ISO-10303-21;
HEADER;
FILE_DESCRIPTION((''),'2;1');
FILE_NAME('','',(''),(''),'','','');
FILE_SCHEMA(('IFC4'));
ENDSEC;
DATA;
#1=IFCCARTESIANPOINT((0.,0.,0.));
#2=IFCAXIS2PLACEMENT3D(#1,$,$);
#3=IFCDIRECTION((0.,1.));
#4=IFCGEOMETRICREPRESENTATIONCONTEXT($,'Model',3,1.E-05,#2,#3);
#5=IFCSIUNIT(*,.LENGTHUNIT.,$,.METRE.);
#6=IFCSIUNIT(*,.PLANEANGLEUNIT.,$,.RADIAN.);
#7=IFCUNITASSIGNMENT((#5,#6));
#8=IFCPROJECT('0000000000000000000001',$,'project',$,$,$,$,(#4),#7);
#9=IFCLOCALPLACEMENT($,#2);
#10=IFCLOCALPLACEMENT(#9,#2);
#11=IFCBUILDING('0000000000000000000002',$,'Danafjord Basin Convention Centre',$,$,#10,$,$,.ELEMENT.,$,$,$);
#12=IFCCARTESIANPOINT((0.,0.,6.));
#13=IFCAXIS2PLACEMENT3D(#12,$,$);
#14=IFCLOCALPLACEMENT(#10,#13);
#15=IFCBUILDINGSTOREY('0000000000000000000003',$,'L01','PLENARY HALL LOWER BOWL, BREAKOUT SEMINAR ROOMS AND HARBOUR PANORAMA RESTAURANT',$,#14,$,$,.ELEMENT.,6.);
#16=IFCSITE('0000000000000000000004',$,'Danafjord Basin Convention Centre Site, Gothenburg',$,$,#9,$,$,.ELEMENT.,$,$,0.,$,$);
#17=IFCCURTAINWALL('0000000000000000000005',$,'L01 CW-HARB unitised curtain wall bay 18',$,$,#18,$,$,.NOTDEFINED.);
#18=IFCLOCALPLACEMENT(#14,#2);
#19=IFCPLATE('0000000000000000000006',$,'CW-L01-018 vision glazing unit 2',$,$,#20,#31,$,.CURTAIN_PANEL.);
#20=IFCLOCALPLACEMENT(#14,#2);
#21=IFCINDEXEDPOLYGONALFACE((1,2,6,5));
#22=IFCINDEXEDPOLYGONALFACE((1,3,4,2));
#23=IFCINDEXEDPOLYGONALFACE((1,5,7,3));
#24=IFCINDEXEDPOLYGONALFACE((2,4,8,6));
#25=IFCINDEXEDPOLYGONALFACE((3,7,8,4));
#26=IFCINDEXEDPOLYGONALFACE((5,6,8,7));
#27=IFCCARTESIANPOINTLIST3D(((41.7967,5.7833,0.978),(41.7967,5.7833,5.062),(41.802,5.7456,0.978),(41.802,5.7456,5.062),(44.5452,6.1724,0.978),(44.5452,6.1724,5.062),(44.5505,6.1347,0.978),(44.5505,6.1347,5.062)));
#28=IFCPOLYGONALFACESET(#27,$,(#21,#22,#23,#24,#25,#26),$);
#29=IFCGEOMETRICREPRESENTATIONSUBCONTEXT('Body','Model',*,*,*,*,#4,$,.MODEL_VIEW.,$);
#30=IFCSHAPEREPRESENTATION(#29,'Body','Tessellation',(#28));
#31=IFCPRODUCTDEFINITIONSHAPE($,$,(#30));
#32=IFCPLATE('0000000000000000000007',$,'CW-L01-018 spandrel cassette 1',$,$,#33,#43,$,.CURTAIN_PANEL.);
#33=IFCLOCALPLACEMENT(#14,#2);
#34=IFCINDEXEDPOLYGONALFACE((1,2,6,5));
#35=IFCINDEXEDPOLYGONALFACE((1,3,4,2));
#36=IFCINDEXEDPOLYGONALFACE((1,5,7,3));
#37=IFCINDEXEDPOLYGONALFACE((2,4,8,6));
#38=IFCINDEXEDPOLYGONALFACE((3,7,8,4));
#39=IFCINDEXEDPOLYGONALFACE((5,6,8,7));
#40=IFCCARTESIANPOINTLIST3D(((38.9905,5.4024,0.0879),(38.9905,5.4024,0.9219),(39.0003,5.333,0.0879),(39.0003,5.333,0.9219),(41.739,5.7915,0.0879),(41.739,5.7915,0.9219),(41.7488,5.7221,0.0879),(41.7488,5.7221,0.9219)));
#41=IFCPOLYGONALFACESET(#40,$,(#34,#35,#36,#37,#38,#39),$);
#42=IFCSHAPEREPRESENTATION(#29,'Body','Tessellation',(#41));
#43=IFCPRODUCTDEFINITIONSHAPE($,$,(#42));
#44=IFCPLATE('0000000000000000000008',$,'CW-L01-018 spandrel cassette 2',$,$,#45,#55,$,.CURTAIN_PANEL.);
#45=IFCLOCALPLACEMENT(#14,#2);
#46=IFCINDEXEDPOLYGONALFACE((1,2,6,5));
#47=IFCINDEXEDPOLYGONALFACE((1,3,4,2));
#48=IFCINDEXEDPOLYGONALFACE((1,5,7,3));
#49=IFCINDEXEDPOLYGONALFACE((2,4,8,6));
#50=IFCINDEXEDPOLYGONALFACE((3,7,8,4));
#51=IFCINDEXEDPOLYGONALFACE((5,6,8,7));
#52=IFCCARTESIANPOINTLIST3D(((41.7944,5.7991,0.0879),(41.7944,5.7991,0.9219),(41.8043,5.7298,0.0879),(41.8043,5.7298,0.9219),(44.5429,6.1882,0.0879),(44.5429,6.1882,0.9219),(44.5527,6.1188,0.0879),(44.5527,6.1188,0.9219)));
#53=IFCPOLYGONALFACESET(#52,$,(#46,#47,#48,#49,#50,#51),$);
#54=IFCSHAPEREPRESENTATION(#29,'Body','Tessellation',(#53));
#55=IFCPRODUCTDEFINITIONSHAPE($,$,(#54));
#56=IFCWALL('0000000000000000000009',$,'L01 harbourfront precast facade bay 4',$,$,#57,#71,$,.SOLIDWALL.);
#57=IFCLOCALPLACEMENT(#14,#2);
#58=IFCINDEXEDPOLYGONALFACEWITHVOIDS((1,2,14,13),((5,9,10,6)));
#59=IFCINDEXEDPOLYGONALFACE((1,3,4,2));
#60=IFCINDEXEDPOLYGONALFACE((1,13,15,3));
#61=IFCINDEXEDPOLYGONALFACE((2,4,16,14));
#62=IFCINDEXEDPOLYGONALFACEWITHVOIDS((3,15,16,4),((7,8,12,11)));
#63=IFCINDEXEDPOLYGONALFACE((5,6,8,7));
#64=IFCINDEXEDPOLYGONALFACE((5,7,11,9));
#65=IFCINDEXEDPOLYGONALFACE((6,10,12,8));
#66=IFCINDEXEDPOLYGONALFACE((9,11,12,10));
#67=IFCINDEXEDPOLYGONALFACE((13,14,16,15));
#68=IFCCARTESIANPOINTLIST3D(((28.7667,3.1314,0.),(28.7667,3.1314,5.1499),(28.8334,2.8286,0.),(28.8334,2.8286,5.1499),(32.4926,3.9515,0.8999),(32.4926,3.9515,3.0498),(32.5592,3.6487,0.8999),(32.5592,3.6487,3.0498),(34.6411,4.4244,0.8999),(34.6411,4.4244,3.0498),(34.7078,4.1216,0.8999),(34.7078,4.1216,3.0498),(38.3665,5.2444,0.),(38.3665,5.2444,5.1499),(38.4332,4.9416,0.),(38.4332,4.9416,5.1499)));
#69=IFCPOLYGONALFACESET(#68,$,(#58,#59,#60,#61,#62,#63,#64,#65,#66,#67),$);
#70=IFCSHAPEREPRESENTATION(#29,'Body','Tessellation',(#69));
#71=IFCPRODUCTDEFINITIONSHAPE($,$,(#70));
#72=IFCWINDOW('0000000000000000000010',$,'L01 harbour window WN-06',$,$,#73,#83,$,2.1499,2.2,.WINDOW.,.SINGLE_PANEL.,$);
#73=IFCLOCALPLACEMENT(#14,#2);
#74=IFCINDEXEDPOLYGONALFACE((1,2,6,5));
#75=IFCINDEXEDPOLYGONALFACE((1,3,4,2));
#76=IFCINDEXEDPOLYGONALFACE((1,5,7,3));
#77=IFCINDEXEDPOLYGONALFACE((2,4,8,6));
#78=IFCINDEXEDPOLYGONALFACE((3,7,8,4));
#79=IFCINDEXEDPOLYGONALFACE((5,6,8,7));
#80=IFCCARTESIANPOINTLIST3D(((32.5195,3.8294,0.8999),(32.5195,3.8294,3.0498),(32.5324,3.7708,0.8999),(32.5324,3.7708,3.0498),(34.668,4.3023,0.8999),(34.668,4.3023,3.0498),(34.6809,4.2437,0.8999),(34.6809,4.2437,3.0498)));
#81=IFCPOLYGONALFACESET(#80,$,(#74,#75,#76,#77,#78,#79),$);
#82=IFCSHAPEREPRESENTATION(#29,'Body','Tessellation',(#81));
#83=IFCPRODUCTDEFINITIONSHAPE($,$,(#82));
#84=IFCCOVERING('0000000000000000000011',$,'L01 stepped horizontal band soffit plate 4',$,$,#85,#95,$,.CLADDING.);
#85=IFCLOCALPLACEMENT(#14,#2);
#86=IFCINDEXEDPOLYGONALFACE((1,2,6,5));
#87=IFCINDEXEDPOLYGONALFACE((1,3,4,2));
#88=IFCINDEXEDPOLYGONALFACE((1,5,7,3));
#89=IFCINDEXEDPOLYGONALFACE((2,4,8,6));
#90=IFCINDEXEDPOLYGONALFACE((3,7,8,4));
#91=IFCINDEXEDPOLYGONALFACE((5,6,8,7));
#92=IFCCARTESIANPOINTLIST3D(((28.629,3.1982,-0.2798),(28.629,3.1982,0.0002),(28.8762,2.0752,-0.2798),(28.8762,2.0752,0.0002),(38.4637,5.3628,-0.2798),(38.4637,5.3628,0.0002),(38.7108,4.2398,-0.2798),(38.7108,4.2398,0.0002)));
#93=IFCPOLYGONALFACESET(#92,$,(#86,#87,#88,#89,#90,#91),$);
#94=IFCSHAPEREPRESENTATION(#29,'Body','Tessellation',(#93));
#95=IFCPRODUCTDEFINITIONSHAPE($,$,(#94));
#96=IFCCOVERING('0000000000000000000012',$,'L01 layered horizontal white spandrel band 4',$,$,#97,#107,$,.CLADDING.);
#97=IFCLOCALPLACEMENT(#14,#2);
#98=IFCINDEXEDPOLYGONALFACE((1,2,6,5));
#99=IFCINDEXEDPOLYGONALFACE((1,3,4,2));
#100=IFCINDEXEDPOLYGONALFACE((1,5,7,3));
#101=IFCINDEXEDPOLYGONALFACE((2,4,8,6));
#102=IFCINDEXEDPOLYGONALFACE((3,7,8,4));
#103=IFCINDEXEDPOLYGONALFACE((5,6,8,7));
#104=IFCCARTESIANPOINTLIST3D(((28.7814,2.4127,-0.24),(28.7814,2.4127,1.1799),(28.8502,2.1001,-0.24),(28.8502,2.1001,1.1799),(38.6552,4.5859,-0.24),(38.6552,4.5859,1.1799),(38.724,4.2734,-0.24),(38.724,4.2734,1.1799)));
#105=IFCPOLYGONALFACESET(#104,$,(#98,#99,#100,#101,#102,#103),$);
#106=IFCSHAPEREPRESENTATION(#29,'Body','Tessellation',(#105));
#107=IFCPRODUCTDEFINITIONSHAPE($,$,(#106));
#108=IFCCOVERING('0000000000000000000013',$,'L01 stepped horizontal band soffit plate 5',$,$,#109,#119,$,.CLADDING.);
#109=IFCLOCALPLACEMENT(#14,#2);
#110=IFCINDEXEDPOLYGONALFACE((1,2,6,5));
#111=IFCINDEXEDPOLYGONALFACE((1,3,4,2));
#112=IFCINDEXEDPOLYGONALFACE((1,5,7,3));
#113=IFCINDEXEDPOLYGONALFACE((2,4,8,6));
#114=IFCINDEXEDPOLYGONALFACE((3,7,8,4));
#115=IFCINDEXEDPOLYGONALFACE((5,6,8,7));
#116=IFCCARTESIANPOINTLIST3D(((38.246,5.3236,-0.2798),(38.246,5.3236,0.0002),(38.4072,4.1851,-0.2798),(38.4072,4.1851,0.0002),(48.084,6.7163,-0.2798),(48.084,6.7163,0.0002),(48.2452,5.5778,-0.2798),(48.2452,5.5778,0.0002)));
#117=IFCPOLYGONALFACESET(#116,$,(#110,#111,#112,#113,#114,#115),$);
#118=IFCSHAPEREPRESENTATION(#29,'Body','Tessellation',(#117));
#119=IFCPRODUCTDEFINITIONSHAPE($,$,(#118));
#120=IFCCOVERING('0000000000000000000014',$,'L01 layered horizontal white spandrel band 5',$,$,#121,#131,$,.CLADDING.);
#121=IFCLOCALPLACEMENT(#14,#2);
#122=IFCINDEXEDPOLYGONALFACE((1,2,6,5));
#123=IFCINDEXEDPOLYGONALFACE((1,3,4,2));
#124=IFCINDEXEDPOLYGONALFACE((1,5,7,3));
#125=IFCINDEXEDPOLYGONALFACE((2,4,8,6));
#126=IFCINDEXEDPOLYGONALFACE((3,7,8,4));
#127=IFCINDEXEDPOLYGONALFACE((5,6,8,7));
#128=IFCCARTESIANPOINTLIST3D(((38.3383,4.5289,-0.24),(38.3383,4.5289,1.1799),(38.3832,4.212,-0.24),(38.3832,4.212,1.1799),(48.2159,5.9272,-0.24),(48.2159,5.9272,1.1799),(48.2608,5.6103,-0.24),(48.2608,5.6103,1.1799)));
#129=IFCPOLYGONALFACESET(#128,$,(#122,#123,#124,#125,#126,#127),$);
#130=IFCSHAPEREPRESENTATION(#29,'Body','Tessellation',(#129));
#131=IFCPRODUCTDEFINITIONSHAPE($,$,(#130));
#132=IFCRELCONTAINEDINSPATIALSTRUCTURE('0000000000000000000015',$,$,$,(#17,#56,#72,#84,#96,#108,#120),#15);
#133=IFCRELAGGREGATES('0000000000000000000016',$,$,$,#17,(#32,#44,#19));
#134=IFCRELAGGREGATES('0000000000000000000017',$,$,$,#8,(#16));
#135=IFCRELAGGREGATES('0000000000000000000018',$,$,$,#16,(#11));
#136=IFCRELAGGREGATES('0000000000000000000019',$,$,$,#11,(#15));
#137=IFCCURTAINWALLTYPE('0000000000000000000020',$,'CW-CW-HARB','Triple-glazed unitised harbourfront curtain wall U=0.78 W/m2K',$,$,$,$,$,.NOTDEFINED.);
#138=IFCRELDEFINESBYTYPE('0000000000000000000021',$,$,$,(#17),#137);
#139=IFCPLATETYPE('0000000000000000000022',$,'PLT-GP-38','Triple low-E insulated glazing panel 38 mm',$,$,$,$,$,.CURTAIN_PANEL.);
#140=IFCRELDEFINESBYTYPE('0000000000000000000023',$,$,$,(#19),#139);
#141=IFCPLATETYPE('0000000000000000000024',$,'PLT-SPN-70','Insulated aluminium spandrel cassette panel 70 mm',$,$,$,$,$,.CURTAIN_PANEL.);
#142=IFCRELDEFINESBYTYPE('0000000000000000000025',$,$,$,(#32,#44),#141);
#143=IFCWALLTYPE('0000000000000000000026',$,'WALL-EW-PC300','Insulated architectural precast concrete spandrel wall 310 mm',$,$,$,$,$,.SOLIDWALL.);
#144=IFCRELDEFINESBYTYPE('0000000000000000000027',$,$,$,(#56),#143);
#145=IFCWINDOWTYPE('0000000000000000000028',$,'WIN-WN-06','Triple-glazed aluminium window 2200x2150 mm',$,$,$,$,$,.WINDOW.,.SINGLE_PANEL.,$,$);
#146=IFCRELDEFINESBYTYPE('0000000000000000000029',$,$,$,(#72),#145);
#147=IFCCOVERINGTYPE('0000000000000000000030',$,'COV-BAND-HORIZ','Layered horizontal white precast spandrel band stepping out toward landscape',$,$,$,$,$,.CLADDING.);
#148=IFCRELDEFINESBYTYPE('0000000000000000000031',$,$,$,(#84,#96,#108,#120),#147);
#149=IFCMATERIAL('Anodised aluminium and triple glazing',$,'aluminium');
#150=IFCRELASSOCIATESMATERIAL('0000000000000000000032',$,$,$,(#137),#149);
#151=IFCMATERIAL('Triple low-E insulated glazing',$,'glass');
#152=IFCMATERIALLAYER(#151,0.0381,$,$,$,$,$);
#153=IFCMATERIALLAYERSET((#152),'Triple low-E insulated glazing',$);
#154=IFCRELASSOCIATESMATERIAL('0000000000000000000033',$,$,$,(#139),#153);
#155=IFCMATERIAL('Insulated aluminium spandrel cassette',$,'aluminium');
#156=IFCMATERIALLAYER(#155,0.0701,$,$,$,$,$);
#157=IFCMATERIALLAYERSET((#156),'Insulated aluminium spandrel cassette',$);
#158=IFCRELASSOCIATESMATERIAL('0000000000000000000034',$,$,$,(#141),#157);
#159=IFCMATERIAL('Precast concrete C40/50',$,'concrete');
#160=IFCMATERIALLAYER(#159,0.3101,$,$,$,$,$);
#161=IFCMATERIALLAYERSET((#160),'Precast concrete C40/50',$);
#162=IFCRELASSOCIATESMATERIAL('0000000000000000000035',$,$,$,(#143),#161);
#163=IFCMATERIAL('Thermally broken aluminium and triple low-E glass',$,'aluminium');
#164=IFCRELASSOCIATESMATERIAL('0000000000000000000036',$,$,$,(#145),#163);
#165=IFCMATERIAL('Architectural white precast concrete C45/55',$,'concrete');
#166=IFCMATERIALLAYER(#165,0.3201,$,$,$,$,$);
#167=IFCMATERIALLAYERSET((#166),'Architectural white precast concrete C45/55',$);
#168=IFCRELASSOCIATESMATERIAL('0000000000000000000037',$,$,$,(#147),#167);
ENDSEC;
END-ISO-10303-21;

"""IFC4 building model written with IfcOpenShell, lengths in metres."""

from ifc_helpers import new_model, si_unit, direction, frame, frame_2d, origin, origin_2d, place, context, subcontext, project, spatial, rectangle, extrude, material, layer, layer_set, type_object, element, fill, aggregate, save


model = new_model("IFC4")

# Units and contexts
model_context = context("Model", 3, precision=1e-05, world=origin(), true_north=direction((0.0, 1.0)))
body_context = subcontext(model_context, "Body", "Model", "MODEL_VIEW")
ifc_project = project(units=[si_unit("LENGTHUNIT", "METRE"), si_unit("PLANEANGLEUNIT", "RADIAN")], contexts=[model_context])

# Site, building, storey
site_placement = place(None, origin())
site = spatial("IfcSite", under=ifc_project, at=site_placement, Name="Danafjord Basin Convention Centre Site, Gothenburg", CompositionType="ELEMENT", RefElevation=0.0)
building_placement = place(site_placement, origin())
building = spatial("IfcBuilding", under=site, at=building_placement, Name="Danafjord Basin Convention Centre", CompositionType="ELEMENT")
storey_placement = place(building_placement, frame((0.0, 0.0, 6.0)))
storey = spatial("IfcBuildingStorey", under=building, at=storey_placement, Name="L01", Description="PLENARY HALL LOWER BOWL, BREAKOUT SEMINAR ROOMS AND HARBOUR PANORAMA RESTAURANT", CompositionType="ELEMENT", Elevation=6.0)

# Shared definitions
ifc_material_1 = material(Name="Anodised aluminium and triple glazing", Category="aluminium")
curtain_wall_type = type_object("IfcCurtainWallType", Name="CW-CW-HARB", Description="Triple-glazed unitised harbourfront curtain wall U=0.78 W/m2K", PredefinedType="NOTDEFINED", material=ifc_material_1)

# Curtain wall, plates
curtain_wall_1_placement = place(storey_placement, origin())
curtain_wall_1 = element("IfcCurtainWall", 1, at=curtain_wall_1_placement, inside=storey, type_object=curtain_wall_type, Name="L01 CW-HARB unitised curtain wall bay 18", PredefinedType="NOTDEFINED")
ifc_material_2 = material(Name="Triple low-E insulated glazing", Category="glass")
ifc_layer_1 = layer(ifc_material_2, 0.0381)
ifc_layer_set_1 = layer_set([ifc_layer_1], Name="Triple low-E insulated glazing")
plate_type_1 = type_object("IfcPlateType", Name="PLT-GP-38", Description="Triple low-E insulated glazing panel 38 mm", PredefinedType="CURTAIN_PANEL", material=ifc_layer_set_1)
plate_1_placement = place(storey_placement, frame((43.1736, 5.959, 0.978), z_axis=(0.0, 0.0, 1.0), x_axis=(0.990128, 0.140165, 0.0)))
plate_1 = element("IfcPlate", 2, at=plate_1_placement, type_object=plate_type_1, Name="CW-L01-018 vision glazing unit 2", PredefinedType="CURTAIN_PANEL", context=body_context, shape_type="SweptSolid", body=[
    extrude(rectangle(XDim=2.7759, YDim=0.0381, at=origin_2d()), origin(), (0.0, 0.0, 1.0), 4.084),
])
ifc_material_3 = material(Name="Insulated aluminium spandrel cassette", Category="aluminium")
ifc_layer_2 = layer(ifc_material_3, 0.0701)
ifc_layer_set_2 = layer_set([ifc_layer_2], Name="Insulated aluminium spandrel cassette")
plate_type_2 = type_object("IfcPlateType", Name="PLT-SPN-70", Description="Insulated aluminium spandrel cassette panel 70 mm", PredefinedType="CURTAIN_PANEL", material=ifc_layer_set_2)
plate_2_placement = place(storey_placement, frame((40.3696, 5.5623, 0.0879), z_axis=(0.0, 0.0, 1.0), x_axis=(0.990128, 0.140165, 0.0)))
plate_2 = element("IfcPlate", 3, at=plate_2_placement, type_object=plate_type_2, Name="CW-L01-018 spandrel cassette 1", PredefinedType="CURTAIN_PANEL", context=body_context, shape_type="SweptSolid", body=[
    extrude(rectangle(XDim=2.7759, YDim=0.0701, at=origin_2d()), origin(), (0.0, 0.0, 1.0), 0.834),
])
plate_3_placement = place(storey_placement, frame((43.1736, 5.959, 0.0879), z_axis=(0.0, 0.0, 1.0), x_axis=(0.990128, 0.140165, 0.0)))
plate_3 = element("IfcPlate", 4, at=plate_3_placement, type_object=plate_type_2, Name="CW-L01-018 spandrel cassette 2", PredefinedType="CURTAIN_PANEL", context=body_context, shape_type="SweptSolid", body=[
    extrude(rectangle(XDim=2.7759, YDim=0.0701, at=origin_2d()), origin(), (0.0, 0.0, 1.0), 0.834),
])
aggregate(curtain_wall_1, [plate_2, plate_3, plate_1])

# Wall, opening, window
ifc_material_4 = material(Name="Precast concrete C40/50", Category="concrete")
ifc_layer_3 = layer(ifc_material_4, 0.3101)
ifc_layer_set_3 = layer_set([ifc_layer_3], Name="Precast concrete C40/50")
wall_type = type_object("IfcWallType", Name="WALL-EW-PC300", Description="Insulated architectural precast concrete spandrel wall 310 mm", PredefinedType="SOLIDWALL", material=ifc_layer_set_3)
wall_placement = place(storey_placement, frame((28.8, 2.98, 0.0), z_axis=(0.0, 0.0, 1.0), x_axis=(0.976622, 0.214966, 0.0)))
wall = element("IfcWall", 5, at=wall_placement, inside=storey, type_object=wall_type, Name="L01 harbourfront precast facade bay 4", PredefinedType="SOLIDWALL", context=body_context, shape_type="SweptSolid", body=[
    extrude(rectangle(XDim=9.8296, YDim=0.3101, at=frame_2d((4.9148, 0.0))), origin(), (0.0, 0.0, 1.0), 5.1499),
])
opening_placement = place(wall_placement, frame((3.8149, 0.0, 0.8999)))
opening = element("IfcOpeningElement", 6, at=opening_placement, cuts=wall, PredefinedType="OPENING", context=body_context, shape_type="SweptSolid", body=[
    extrude(rectangle(XDim=2.2, YDim=2.1499, at=frame_2d((1.1001, 1.075))), frame((0.0, 0.165, 0.0), z_axis=(0.0, -1.0, 0.0), x_axis=(1.0, 0.0, 0.0)), (0.0, 0.0, 1.0), 0.3301),
])
ifc_material_5 = material(Name="Thermally broken aluminium and triple low-E glass", Category="aluminium")
window_type = type_object("IfcWindowType", Name="WIN-WN-06", Description="Triple-glazed aluminium window 2200x2150 mm", PartitioningType="SINGLE_PANEL", PredefinedType="WINDOW", material=ifc_material_5)
window_placement = place(opening_placement, origin())
window = element("IfcWindow", 7, at=window_placement, inside=storey, type_object=window_type, Name="L01 harbour window WN-06", OverallHeight=2.1499, OverallWidth=2.2, PartitioningType="SINGLE_PANEL", PredefinedType="WINDOW", context=body_context, shape_type="SweptSolid", body=[
    extrude(rectangle(XDim=2.2, YDim=2.1499, at=frame_2d((1.1001, 1.075))), frame((0.0, 0.03, 0.0), z_axis=(0.0, -1.0, 0.0), x_axis=(1.0, 0.0, 0.0)), (0.0, 0.0, 1.0), 0.0601),
])
fill(opening, window)

# Coverings
ifc_material_6 = material(Name="Architectural white precast concrete C45/55", Category="concrete")
ifc_layer_4 = layer(ifc_material_6, 0.3201)
ifc_layer_set_4 = layer_set([ifc_layer_4], Name="Architectural white precast concrete C45/55")
covering_type = type_object("IfcCoveringType", Name="COV-BAND-HORIZ", Description="Layered horizontal white precast spandrel band stepping out toward landscape", PredefinedType="CLADDING", material=ifc_layer_set_4)
covering_1_placement = place(storey_placement, frame((33.6699, 3.719, -0.2798), z_axis=(0.0, 0.0, 1.0), x_axis=(0.976623, 0.214959, 0.0)))
element("IfcCovering", 8, at=covering_1_placement, inside=storey, type_object=covering_type, Name="L01 stepped horizontal band soffit plate 4", PredefinedType="CLADDING", context=body_context, shape_type="SweptSolid", body=[
    extrude(rectangle(XDim=10.0701, YDim=1.1499, at=origin_2d()), origin(), (0.0, 0.0, 1.0), 0.28),
])
covering_2_placement = place(storey_placement, frame((33.7527, 3.343, -0.24), z_axis=(0.0, 0.0, 1.0), x_axis=(0.976623, 0.214959, 0.0)))
element("IfcCovering", 9, at=covering_2_placement, inside=storey, type_object=covering_type, Name="L01 layered horizontal white spandrel band 4", PredefinedType="CLADDING", context=body_context, shape_type="SweptSolid", body=[
    extrude(rectangle(XDim=10.1101, YDim=0.3201, at=origin_2d()), origin(), (0.0, 0.0, 1.0), 1.4199),
])
covering_3_placement = place(storey_placement, frame((43.2456, 5.4507, -0.2798), z_axis=(0.0, 0.0, 1.0), x_axis=(0.990128, 0.140165, 0.0)))
element("IfcCovering", 10, at=covering_3_placement, inside=storey, type_object=covering_type, Name="L01 stepped horizontal band soffit plate 5", PredefinedType="CLADDING", context=body_context, shape_type="SweptSolid", body=[
    extrude(rectangle(XDim=9.936, YDim=1.1499, at=origin_2d()), origin(), (0.0, 0.0, 1.0), 0.28),
])
covering_4_placement = place(storey_placement, frame((43.2996, 5.0696, -0.24), z_axis=(0.0, 0.0, 1.0), x_axis=(0.990128, 0.140165, 0.0)))
element("IfcCovering", 11, at=covering_4_placement, inside=storey, type_object=covering_type, Name="L01 layered horizontal white spandrel band 5", PredefinedType="CLADDING", context=body_context, shape_type="SweptSolid", body=[
    extrude(rectangle(XDim=9.9761, YDim=0.3201, at=origin_2d()), origin(), (0.0, 0.0, 1.0), 1.4199),
])

save(model, "model.ifc")
